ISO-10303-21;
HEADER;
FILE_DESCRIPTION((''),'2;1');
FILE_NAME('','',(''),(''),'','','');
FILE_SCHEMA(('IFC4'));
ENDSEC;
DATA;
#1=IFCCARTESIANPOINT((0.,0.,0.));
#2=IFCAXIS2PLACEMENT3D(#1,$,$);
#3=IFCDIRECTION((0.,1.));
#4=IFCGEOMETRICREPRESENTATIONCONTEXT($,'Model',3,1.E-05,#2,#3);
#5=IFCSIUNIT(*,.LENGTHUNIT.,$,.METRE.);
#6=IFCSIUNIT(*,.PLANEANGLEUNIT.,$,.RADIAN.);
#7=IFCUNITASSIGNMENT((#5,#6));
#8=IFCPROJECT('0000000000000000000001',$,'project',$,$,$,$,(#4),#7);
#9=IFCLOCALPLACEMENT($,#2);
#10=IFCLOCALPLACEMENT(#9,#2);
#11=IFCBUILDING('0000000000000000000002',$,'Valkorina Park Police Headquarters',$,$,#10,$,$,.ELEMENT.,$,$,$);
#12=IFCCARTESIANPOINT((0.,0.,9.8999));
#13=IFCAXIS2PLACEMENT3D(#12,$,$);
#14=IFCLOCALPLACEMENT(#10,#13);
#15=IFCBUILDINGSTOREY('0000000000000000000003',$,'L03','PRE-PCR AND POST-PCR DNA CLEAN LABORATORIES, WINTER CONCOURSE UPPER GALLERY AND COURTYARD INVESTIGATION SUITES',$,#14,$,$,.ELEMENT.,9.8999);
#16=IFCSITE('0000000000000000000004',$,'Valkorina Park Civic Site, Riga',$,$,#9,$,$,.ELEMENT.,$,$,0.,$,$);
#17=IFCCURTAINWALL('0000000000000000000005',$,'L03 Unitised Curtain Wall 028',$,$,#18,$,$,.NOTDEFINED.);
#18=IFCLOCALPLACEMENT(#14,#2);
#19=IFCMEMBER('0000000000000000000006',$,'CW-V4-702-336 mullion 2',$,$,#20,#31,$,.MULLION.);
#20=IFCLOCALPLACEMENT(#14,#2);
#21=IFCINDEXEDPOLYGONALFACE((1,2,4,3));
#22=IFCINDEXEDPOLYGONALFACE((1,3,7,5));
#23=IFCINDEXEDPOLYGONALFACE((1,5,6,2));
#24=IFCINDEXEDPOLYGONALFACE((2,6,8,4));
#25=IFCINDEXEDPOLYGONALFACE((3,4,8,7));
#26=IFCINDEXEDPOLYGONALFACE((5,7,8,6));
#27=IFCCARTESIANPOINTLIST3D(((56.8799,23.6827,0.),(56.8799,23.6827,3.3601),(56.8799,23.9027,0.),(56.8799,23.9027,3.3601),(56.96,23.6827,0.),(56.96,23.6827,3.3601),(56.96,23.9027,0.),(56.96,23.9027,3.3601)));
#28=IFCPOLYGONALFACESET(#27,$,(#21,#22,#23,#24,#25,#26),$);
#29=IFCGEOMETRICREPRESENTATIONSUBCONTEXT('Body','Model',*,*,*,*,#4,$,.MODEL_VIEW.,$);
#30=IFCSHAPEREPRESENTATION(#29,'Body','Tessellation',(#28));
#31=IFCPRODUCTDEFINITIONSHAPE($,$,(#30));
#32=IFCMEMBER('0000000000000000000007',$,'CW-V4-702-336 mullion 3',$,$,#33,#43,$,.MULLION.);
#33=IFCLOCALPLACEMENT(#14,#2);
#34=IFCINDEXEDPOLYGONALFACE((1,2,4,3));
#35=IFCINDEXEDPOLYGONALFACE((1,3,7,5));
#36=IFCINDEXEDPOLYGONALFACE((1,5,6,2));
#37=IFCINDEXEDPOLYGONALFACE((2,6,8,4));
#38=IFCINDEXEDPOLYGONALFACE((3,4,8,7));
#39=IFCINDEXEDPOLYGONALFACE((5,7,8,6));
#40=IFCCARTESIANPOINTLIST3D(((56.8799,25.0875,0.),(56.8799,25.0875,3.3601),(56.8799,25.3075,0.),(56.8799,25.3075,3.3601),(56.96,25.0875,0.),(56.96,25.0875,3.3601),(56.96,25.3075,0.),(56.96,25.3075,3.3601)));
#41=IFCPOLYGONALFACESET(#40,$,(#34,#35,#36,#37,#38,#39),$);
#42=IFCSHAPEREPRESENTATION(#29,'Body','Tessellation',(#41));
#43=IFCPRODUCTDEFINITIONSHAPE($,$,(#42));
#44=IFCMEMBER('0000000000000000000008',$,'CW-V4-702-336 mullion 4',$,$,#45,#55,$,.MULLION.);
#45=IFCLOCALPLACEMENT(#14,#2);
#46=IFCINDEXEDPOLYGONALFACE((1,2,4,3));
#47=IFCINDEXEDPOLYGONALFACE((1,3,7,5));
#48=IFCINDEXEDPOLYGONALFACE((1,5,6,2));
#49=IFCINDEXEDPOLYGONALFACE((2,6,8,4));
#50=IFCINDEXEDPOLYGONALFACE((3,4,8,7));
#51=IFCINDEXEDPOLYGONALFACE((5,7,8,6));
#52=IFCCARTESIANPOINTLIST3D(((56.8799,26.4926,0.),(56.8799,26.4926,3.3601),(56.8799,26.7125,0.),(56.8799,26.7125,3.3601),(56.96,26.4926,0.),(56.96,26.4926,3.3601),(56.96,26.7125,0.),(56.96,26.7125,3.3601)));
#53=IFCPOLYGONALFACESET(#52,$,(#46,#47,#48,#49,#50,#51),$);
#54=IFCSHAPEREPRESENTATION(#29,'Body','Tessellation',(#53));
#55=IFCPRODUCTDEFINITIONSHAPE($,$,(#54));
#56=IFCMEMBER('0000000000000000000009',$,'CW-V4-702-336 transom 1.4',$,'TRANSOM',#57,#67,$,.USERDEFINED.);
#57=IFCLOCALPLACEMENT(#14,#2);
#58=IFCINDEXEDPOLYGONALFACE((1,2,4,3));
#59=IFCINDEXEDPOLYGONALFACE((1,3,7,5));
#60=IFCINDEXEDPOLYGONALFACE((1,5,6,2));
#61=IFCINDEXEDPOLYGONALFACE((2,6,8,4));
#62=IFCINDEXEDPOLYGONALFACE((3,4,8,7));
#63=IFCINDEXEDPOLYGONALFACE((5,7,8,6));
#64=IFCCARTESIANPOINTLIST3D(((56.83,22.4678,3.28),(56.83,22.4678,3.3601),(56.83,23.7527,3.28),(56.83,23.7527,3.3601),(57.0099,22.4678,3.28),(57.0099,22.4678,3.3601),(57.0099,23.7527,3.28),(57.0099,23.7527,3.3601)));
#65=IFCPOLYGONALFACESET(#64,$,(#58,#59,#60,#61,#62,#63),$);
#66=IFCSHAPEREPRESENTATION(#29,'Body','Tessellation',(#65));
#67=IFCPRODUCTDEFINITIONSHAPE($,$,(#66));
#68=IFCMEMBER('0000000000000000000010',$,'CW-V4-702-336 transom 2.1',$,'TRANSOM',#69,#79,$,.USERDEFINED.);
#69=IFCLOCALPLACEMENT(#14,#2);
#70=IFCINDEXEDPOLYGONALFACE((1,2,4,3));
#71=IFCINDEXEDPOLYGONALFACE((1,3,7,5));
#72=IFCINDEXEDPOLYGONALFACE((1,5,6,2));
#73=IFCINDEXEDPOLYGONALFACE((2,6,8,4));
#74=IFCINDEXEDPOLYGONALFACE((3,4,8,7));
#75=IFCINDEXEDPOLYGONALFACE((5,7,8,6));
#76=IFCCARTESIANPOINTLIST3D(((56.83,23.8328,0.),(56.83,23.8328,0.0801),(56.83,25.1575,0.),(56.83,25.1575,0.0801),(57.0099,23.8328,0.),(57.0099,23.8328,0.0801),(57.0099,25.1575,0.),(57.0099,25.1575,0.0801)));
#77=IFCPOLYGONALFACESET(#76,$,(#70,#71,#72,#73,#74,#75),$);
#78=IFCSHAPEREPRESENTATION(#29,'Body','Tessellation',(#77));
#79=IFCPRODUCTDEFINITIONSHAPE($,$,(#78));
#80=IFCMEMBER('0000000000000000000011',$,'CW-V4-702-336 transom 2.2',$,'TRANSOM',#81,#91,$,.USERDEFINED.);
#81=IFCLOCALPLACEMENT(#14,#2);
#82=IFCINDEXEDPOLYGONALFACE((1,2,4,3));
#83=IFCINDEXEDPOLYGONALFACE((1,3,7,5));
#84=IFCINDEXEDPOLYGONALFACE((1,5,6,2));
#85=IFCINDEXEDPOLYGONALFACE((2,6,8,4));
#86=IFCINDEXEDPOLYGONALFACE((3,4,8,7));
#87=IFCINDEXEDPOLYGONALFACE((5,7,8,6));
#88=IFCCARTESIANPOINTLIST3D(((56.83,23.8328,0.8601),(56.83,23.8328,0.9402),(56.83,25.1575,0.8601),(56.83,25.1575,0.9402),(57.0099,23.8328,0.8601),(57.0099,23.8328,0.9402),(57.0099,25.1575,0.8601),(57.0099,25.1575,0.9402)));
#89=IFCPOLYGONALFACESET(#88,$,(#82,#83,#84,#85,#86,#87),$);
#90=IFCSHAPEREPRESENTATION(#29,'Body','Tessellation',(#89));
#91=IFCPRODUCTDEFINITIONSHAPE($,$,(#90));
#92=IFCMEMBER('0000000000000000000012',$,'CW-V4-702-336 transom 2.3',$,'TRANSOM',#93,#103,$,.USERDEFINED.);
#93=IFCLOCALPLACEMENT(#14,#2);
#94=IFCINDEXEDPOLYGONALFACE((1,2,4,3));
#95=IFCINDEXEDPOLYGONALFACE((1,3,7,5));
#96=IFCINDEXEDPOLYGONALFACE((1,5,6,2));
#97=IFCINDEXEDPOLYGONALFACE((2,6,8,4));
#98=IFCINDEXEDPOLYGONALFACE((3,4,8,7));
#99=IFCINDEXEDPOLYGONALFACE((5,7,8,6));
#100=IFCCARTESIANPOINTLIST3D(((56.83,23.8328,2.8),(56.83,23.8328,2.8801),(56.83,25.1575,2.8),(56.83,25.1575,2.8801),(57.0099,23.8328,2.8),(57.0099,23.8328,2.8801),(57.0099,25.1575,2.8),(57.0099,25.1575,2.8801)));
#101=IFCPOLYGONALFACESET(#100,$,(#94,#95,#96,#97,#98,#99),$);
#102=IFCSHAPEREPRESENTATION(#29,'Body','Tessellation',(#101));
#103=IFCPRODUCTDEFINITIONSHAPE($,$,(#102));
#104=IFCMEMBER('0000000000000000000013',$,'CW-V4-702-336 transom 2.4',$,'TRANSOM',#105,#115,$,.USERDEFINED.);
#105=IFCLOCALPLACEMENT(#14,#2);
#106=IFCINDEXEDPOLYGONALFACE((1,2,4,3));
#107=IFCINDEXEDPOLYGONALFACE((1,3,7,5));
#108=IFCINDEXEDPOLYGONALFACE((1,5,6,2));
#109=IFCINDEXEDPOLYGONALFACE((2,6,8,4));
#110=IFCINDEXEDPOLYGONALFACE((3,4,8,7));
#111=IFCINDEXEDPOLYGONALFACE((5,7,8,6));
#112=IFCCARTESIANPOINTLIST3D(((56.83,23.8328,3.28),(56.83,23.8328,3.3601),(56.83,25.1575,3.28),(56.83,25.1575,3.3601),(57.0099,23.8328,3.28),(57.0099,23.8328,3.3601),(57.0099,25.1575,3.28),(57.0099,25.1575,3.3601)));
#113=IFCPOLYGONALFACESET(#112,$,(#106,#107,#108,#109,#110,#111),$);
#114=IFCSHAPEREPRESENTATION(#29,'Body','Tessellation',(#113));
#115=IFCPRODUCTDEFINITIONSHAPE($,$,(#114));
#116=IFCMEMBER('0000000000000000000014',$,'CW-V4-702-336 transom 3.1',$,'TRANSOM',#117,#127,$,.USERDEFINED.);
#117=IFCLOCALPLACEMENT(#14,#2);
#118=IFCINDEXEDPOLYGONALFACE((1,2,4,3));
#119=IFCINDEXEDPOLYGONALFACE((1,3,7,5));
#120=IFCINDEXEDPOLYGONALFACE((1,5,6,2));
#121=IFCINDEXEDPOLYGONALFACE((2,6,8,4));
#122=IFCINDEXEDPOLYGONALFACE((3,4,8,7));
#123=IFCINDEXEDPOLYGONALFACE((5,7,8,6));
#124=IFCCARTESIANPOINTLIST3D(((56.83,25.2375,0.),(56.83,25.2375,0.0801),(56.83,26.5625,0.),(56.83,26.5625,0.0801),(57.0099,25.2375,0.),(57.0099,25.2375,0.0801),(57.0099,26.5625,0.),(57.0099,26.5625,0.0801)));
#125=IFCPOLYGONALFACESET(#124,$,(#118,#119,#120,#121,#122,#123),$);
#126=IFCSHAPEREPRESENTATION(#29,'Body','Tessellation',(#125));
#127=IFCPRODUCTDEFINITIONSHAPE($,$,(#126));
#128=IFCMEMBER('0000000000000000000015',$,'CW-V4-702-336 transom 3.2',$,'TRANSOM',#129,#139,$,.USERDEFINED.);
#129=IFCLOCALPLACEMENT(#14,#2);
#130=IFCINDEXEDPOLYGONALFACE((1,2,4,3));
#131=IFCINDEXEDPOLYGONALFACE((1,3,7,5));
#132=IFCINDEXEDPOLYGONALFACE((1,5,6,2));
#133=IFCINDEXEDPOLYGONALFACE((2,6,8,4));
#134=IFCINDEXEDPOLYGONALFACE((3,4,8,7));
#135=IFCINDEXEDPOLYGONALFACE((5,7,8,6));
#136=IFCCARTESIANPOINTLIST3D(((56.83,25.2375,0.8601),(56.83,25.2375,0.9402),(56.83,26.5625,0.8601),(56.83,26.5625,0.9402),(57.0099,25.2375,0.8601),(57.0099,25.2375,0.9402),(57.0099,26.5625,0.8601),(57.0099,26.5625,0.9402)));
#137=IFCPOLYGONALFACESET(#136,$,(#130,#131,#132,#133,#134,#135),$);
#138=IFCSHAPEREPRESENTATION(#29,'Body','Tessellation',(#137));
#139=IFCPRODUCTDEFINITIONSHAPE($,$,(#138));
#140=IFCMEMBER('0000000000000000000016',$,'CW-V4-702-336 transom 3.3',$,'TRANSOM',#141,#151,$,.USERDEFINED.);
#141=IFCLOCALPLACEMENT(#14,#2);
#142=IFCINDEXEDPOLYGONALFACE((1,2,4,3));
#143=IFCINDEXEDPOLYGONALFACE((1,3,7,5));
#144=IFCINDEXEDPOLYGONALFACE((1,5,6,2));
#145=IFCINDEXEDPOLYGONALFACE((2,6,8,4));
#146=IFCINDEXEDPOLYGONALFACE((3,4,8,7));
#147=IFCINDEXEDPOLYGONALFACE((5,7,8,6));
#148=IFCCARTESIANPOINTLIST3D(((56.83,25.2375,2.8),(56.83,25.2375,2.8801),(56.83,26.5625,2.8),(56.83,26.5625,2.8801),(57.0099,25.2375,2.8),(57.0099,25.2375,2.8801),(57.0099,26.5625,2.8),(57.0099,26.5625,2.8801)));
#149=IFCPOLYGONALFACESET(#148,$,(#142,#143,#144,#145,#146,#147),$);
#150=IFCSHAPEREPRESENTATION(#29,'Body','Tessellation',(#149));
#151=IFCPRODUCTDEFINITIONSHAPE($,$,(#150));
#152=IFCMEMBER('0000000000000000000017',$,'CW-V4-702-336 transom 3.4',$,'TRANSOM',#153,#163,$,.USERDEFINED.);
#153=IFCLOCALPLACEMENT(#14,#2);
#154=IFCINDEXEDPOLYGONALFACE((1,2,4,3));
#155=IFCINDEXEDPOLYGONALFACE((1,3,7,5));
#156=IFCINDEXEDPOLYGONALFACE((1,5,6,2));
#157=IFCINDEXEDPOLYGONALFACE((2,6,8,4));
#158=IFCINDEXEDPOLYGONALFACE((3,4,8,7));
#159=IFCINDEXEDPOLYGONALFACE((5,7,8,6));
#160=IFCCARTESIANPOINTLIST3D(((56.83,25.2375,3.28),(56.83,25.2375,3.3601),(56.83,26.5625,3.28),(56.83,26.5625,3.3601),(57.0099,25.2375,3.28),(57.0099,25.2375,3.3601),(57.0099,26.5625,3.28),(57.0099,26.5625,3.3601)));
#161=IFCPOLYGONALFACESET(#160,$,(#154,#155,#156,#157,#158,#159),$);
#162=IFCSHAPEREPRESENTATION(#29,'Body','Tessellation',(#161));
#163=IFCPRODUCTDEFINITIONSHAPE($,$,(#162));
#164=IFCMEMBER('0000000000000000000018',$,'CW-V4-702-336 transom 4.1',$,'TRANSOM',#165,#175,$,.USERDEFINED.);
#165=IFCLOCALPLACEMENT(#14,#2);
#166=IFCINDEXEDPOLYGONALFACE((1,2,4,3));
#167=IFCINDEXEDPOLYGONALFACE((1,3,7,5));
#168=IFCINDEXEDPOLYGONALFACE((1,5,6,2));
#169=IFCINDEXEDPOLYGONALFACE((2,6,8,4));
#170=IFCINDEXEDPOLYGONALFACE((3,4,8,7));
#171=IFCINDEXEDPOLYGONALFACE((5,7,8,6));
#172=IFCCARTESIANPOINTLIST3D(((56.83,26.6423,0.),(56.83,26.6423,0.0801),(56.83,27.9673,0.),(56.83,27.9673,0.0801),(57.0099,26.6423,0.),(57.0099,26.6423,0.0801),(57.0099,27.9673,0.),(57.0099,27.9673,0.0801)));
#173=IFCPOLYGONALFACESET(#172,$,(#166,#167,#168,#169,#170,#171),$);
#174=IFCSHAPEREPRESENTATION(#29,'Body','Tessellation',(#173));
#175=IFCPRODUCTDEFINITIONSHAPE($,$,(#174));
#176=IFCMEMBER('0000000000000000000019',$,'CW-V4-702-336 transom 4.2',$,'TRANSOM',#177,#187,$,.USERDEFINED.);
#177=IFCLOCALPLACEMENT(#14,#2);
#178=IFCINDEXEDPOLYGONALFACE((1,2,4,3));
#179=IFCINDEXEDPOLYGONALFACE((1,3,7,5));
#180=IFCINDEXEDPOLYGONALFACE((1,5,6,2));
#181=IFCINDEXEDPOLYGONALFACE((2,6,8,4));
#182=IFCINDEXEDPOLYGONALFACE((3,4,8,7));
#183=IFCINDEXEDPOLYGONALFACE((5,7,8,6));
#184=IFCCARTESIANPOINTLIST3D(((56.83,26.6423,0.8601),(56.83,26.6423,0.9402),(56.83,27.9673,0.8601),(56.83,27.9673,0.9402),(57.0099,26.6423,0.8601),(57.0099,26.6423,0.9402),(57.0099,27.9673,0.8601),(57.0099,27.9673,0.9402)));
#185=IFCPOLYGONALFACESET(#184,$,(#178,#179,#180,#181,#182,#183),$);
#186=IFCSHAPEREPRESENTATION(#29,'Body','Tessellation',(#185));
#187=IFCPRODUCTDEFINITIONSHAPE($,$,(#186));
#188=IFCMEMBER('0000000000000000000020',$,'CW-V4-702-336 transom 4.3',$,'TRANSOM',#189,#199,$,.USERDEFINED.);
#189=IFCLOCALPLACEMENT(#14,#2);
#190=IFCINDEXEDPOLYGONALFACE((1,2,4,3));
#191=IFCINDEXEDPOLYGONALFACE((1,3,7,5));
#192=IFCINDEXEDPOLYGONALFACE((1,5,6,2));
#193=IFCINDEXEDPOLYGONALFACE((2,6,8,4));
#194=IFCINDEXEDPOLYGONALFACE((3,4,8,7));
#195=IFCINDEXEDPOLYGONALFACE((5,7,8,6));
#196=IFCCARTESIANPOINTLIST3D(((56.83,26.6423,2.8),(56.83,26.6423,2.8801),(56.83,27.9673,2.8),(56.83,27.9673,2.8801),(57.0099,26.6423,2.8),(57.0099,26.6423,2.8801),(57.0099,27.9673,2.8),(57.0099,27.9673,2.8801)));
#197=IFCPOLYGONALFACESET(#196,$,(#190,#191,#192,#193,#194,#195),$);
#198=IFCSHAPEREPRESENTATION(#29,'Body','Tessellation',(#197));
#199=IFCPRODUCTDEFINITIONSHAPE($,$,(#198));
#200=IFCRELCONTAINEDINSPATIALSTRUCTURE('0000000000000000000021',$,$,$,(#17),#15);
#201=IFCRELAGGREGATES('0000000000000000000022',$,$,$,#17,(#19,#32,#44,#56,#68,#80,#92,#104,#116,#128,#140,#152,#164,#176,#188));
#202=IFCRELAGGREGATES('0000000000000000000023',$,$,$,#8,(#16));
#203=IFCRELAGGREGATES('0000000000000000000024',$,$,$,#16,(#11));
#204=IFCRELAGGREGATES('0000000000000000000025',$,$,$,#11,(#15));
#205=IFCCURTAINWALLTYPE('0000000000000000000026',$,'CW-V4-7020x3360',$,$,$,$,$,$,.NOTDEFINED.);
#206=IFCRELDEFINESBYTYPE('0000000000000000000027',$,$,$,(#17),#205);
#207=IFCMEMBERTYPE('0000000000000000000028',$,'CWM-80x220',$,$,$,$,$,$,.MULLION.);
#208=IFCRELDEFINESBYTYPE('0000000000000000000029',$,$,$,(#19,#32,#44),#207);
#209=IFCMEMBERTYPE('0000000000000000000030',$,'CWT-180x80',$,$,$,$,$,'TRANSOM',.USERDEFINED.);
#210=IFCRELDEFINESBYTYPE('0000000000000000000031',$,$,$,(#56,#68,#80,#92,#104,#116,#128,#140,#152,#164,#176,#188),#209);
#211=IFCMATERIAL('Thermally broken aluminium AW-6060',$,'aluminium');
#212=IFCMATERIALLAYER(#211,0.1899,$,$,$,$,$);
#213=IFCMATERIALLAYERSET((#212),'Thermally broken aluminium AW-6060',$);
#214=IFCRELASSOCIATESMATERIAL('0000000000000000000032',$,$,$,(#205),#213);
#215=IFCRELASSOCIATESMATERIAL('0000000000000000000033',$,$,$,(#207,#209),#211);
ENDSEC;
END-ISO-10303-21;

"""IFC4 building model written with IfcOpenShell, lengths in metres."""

from ifc_helpers import new_model, si_unit, direction, frame, origin, origin_2d, place, context, subcontext, project, spatial, rectangle, extrude, material, layer, layer_set, material_profile, profile_set, type_object, element, aggregate, save


model = new_model("IFC4")

# Units and contexts
model_context = context("Model", 3, precision=1e-05, world=origin(), true_north=direction((0.0, 1.0)))
body_context = subcontext(model_context, "Body", "Model", "MODEL_VIEW")
ifc_project = project(units=[si_unit("LENGTHUNIT", "METRE"), si_unit("PLANEANGLEUNIT", "RADIAN")], contexts=[model_context])

# Site, building, storey
site_placement = place(None, origin())
site = spatial("IfcSite", under=ifc_project, at=site_placement, Name="Valkorina Park Civic Site, Riga", CompositionType="ELEMENT", RefElevation=0.0)
building_placement = place(site_placement, origin())
building = spatial("IfcBuilding", under=site, at=building_placement, Name="Valkorina Park Police Headquarters", CompositionType="ELEMENT")
storey_placement = place(building_placement, frame((0.0, 0.0, 9.8999)))
storey = spatial("IfcBuildingStorey", under=building, at=storey_placement, Name="L03", Description="PRE-PCR AND POST-PCR DNA CLEAN LABORATORIES, WINTER CONCOURSE UPPER GALLERY AND COURTYARD INVESTIGATION SUITES", CompositionType="ELEMENT", Elevation=9.8999)

# Curtain wall, members
ifc_material_1 = material(Name="Thermally broken aluminium AW-6060", Category="aluminium")
ifc_layer_1 = layer(ifc_material_1, 0.1899)
ifc_layer_set_1 = layer_set([ifc_layer_1], Name="Thermally broken aluminium AW-6060")
curtain_wall_type = type_object("IfcCurtainWallType", Name="CW-V4-7020x3360", PredefinedType="NOTDEFINED", material=ifc_layer_set_1)
curtain_wall_placement = place(storey_placement, origin())
curtain_wall = element("IfcCurtainWall", 1, at=curtain_wall_placement, inside=storey, type_object=curtain_wall_type, Name="L03 Unitised Curtain Wall 028", PredefinedType="NOTDEFINED")
ifc_material_profile_1 = material_profile(ifc_material_1, rectangle(XDim=0.0801, YDim=0.22, at=origin_2d()), Name="CWM-03 80x220")
ifc_profile_set_1 = profile_set([ifc_material_profile_1], Name="Thermally broken aluminium AW-6060")
member_type_1 = type_object("IfcMemberType", Name="CWM-80x220", PredefinedType="MULLION", material=ifc_profile_set_1)
member_1_placement = place(storey_placement, frame((56.9199, 23.7927, 0.0), z_axis=(0.0, 0.0, 1.0), x_axis=(-1.0, 0.0, 0.0)))
member_1 = element("IfcMember", 2, at=member_1_placement, type_object=member_type_1, Name="CW-V4-702-336 mullion 2", PredefinedType="MULLION", context=body_context, shape_type="SweptSolid", body=[
    extrude(rectangle(XDim=0.0801, YDim=0.22, at=origin_2d()), origin(), (0.0, 0.0, 1.0), 3.3601),
])
member_2_placement = place(storey_placement, frame((56.9199, 25.1975, 0.0), z_axis=(0.0, 0.0, 1.0), x_axis=(-1.0, 0.0, 0.0)))
member_2 = element("IfcMember", 3, at=member_2_placement, type_object=member_type_1, Name="CW-V4-702-336 mullion 3", PredefinedType="MULLION", context=body_context, shape_type="SweptSolid", body=[
    extrude(rectangle(XDim=0.0801, YDim=0.22, at=origin_2d()), origin(), (0.0, 0.0, 1.0), 3.3601),
])
member_3_placement = place(storey_placement, frame((56.9199, 26.6025, 0.0), z_axis=(0.0, 0.0, 1.0), x_axis=(-1.0, 0.0, 0.0)))
member_3 = element("IfcMember", 4, at=member_3_placement, type_object=member_type_1, Name="CW-V4-702-336 mullion 4", PredefinedType="MULLION", context=body_context, shape_type="SweptSolid", body=[
    extrude(rectangle(XDim=0.0801, YDim=0.22, at=origin_2d()), origin(), (0.0, 0.0, 1.0), 3.3601),
])
ifc_material_profile_2 = material_profile(ifc_material_1, rectangle(XDim=0.1799, YDim=0.0801, at=origin_2d()), Name="CWT-03 180x80")
ifc_profile_set_2 = profile_set([ifc_material_profile_2], Name="Thermally broken aluminium AW-6060")
member_type_2 = type_object("IfcMemberType", Name="CWT-180x80", ElementType="TRANSOM", PredefinedType="USERDEFINED", material=ifc_profile_set_2)
member_4_placement = place(storey_placement, frame((56.9199, 22.4678, 3.3201), z_axis=(0.0, 1.0, 0.0), x_axis=(-1.0, 0.0, 0.0)))
member_4 = element("IfcMember", 5, at=member_4_placement, type_object=member_type_2, Name="CW-V4-702-336 transom 1.4", ObjectType="TRANSOM", PredefinedType="USERDEFINED", context=body_context, shape_type="SweptSolid", body=[
    extrude(rectangle(XDim=0.1799, YDim=0.0801, at=origin_2d()), origin(), (0.0, 0.0, 1.0), 1.2849),
])
member_5_placement = place(storey_placement, frame((56.9199, 23.8328, 0.04), z_axis=(0.0, 1.0, 0.0), x_axis=(-1.0, 0.0, 0.0)))
member_5 = element("IfcMember", 6, at=member_5_placement, type_object=member_type_2, Name="CW-V4-702-336 transom 2.1", ObjectType="TRANSOM", PredefinedType="USERDEFINED", context=body_context, shape_type="SweptSolid", body=[
    extrude(rectangle(XDim=0.1799, YDim=0.0801, at=origin_2d()), origin(), (0.0, 0.0, 1.0), 1.3247),
])
member_6_placement = place(storey_placement, frame((56.9199, 23.8328, 0.9001), z_axis=(0.0, 1.0, 0.0), x_axis=(-1.0, 0.0, 0.0)))
member_6 = element("IfcMember", 7, at=member_6_placement, type_object=member_type_2, Name="CW-V4-702-336 transom 2.2", ObjectType="TRANSOM", PredefinedType="USERDEFINED", context=body_context, shape_type="SweptSolid", body=[
    extrude(rectangle(XDim=0.1799, YDim=0.0801, at=origin_2d()), origin(), (0.0, 0.0, 1.0), 1.3247),
])
member_7_placement = place(storey_placement, frame((56.9199, 23.8328, 2.8401), z_axis=(0.0, 1.0, 0.0), x_axis=(-1.0, 0.0, 0.0)))
member_7 = element("IfcMember", 8, at=member_7_placement, type_object=member_type_2, Name="CW-V4-702-336 transom 2.3", ObjectType="TRANSOM", PredefinedType="USERDEFINED", context=body_context, shape_type="SweptSolid", body=[
    extrude(rectangle(XDim=0.1799, YDim=0.0801, at=origin_2d()), origin(), (0.0, 0.0, 1.0), 1.3247),
])
member_8_placement = place(storey_placement, frame((56.9199, 23.8328, 3.3201), z_axis=(0.0, 1.0, 0.0), x_axis=(-1.0, 0.0, 0.0)))
member_8 = element("IfcMember", 9, at=member_8_placement, type_object=member_type_2, Name="CW-V4-702-336 transom 2.4", ObjectType="TRANSOM", PredefinedType="USERDEFINED", context=body_context, shape_type="SweptSolid", body=[
    extrude(rectangle(XDim=0.1799, YDim=0.0801, at=origin_2d()), origin(), (0.0, 0.0, 1.0), 1.3247),
])
member_9_placement = place(storey_placement, frame((56.9199, 25.2375, 0.04), z_axis=(0.0, 1.0, 0.0), x_axis=(-1.0, 0.0, 0.0)))
member_9 = element("IfcMember", 10, at=member_9_placement, type_object=member_type_2, Name="CW-V4-702-336 transom 3.1", ObjectType="TRANSOM", PredefinedType="USERDEFINED", context=body_context, shape_type="SweptSolid", body=[
    extrude(rectangle(XDim=0.1799, YDim=0.0801, at=origin_2d()), origin(), (0.0, 0.0, 1.0), 1.325),
])
member_10_placement = place(storey_placement, frame((56.9199, 25.2375, 0.9001), z_axis=(0.0, 1.0, 0.0), x_axis=(-1.0, 0.0, 0.0)))
member_10 = element("IfcMember", 11, at=member_10_placement, type_object=member_type_2, Name="CW-V4-702-336 transom 3.2", ObjectType="TRANSOM", PredefinedType="USERDEFINED", context=body_context, shape_type="SweptSolid", body=[
    extrude(rectangle(XDim=0.1799, YDim=0.0801, at=origin_2d()), origin(), (0.0, 0.0, 1.0), 1.325),
])
member_11_placement = place(storey_placement, frame((56.9199, 25.2375, 2.8401), z_axis=(0.0, 1.0, 0.0), x_axis=(-1.0, 0.0, 0.0)))
member_11 = element("IfcMember", 12, at=member_11_placement, type_object=member_type_2, Name="CW-V4-702-336 transom 3.3", ObjectType="TRANSOM", PredefinedType="USERDEFINED", context=body_context, shape_type="SweptSolid", body=[
    extrude(rectangle(XDim=0.1799, YDim=0.0801, at=origin_2d()), origin(), (0.0, 0.0, 1.0), 1.325),
])
member_12_placement = place(storey_placement, frame((56.9199, 25.2375, 3.3201), z_axis=(0.0, 1.0, 0.0), x_axis=(-1.0, 0.0, 0.0)))
member_12 = element("IfcMember", 13, at=member_12_placement, type_object=member_type_2, Name="CW-V4-702-336 transom 3.4", ObjectType="TRANSOM", PredefinedType="USERDEFINED", context=body_context, shape_type="SweptSolid", body=[
    extrude(rectangle(XDim=0.1799, YDim=0.0801, at=origin_2d()), origin(), (0.0, 0.0, 1.0), 1.325),
])
member_13_placement = place(storey_placement, frame((56.9199, 26.6423, 0.04), z_axis=(0.0, 1.0, 0.0), x_axis=(-1.0, 0.0, 0.0)))
member_13 = element("IfcMember", 14, at=member_13_placement, type_object=member_type_2, Name="CW-V4-702-336 transom 4.1", ObjectType="TRANSOM", PredefinedType="USERDEFINED", context=body_context, shape_type="SweptSolid", body=[
    extrude(rectangle(XDim=0.1799, YDim=0.0801, at=origin_2d()), origin(), (0.0, 0.0, 1.0), 1.325),
])
member_14_placement = place(storey_placement, frame((56.9199, 26.6423, 0.9001), z_axis=(0.0, 1.0, 0.0), x_axis=(-1.0, 0.0, 0.0)))
member_14 = element("IfcMember", 15, at=member_14_placement, type_object=member_type_2, Name="CW-V4-702-336 transom 4.2", ObjectType="TRANSOM", PredefinedType="USERDEFINED", context=body_context, shape_type="SweptSolid", body=[
    extrude(rectangle(XDim=0.1799, YDim=0.0801, at=origin_2d()), origin(), (0.0, 0.0, 1.0), 1.325),
])
member_15_placement = place(storey_placement, frame((56.9199, 26.6423, 2.8401), z_axis=(0.0, 1.0, 0.0), x_axis=(-1.0, 0.0, 0.0)))
member_15 = element("IfcMember", 16, at=member_15_placement, type_object=member_type_2, Name="CW-V4-702-336 transom 4.3", ObjectType="TRANSOM", PredefinedType="USERDEFINED", context=body_context, shape_type="SweptSolid", body=[
    extrude(rectangle(XDim=0.1799, YDim=0.0801, at=origin_2d()), origin(), (0.0, 0.0, 1.0), 1.325),
])
aggregate(curtain_wall, [member_1, member_2, member_3, member_4, member_5, member_6, member_7, member_8, member_9, member_10, member_11, member_12, member_13, member_14, member_15])

save(model, "model.ifc")
